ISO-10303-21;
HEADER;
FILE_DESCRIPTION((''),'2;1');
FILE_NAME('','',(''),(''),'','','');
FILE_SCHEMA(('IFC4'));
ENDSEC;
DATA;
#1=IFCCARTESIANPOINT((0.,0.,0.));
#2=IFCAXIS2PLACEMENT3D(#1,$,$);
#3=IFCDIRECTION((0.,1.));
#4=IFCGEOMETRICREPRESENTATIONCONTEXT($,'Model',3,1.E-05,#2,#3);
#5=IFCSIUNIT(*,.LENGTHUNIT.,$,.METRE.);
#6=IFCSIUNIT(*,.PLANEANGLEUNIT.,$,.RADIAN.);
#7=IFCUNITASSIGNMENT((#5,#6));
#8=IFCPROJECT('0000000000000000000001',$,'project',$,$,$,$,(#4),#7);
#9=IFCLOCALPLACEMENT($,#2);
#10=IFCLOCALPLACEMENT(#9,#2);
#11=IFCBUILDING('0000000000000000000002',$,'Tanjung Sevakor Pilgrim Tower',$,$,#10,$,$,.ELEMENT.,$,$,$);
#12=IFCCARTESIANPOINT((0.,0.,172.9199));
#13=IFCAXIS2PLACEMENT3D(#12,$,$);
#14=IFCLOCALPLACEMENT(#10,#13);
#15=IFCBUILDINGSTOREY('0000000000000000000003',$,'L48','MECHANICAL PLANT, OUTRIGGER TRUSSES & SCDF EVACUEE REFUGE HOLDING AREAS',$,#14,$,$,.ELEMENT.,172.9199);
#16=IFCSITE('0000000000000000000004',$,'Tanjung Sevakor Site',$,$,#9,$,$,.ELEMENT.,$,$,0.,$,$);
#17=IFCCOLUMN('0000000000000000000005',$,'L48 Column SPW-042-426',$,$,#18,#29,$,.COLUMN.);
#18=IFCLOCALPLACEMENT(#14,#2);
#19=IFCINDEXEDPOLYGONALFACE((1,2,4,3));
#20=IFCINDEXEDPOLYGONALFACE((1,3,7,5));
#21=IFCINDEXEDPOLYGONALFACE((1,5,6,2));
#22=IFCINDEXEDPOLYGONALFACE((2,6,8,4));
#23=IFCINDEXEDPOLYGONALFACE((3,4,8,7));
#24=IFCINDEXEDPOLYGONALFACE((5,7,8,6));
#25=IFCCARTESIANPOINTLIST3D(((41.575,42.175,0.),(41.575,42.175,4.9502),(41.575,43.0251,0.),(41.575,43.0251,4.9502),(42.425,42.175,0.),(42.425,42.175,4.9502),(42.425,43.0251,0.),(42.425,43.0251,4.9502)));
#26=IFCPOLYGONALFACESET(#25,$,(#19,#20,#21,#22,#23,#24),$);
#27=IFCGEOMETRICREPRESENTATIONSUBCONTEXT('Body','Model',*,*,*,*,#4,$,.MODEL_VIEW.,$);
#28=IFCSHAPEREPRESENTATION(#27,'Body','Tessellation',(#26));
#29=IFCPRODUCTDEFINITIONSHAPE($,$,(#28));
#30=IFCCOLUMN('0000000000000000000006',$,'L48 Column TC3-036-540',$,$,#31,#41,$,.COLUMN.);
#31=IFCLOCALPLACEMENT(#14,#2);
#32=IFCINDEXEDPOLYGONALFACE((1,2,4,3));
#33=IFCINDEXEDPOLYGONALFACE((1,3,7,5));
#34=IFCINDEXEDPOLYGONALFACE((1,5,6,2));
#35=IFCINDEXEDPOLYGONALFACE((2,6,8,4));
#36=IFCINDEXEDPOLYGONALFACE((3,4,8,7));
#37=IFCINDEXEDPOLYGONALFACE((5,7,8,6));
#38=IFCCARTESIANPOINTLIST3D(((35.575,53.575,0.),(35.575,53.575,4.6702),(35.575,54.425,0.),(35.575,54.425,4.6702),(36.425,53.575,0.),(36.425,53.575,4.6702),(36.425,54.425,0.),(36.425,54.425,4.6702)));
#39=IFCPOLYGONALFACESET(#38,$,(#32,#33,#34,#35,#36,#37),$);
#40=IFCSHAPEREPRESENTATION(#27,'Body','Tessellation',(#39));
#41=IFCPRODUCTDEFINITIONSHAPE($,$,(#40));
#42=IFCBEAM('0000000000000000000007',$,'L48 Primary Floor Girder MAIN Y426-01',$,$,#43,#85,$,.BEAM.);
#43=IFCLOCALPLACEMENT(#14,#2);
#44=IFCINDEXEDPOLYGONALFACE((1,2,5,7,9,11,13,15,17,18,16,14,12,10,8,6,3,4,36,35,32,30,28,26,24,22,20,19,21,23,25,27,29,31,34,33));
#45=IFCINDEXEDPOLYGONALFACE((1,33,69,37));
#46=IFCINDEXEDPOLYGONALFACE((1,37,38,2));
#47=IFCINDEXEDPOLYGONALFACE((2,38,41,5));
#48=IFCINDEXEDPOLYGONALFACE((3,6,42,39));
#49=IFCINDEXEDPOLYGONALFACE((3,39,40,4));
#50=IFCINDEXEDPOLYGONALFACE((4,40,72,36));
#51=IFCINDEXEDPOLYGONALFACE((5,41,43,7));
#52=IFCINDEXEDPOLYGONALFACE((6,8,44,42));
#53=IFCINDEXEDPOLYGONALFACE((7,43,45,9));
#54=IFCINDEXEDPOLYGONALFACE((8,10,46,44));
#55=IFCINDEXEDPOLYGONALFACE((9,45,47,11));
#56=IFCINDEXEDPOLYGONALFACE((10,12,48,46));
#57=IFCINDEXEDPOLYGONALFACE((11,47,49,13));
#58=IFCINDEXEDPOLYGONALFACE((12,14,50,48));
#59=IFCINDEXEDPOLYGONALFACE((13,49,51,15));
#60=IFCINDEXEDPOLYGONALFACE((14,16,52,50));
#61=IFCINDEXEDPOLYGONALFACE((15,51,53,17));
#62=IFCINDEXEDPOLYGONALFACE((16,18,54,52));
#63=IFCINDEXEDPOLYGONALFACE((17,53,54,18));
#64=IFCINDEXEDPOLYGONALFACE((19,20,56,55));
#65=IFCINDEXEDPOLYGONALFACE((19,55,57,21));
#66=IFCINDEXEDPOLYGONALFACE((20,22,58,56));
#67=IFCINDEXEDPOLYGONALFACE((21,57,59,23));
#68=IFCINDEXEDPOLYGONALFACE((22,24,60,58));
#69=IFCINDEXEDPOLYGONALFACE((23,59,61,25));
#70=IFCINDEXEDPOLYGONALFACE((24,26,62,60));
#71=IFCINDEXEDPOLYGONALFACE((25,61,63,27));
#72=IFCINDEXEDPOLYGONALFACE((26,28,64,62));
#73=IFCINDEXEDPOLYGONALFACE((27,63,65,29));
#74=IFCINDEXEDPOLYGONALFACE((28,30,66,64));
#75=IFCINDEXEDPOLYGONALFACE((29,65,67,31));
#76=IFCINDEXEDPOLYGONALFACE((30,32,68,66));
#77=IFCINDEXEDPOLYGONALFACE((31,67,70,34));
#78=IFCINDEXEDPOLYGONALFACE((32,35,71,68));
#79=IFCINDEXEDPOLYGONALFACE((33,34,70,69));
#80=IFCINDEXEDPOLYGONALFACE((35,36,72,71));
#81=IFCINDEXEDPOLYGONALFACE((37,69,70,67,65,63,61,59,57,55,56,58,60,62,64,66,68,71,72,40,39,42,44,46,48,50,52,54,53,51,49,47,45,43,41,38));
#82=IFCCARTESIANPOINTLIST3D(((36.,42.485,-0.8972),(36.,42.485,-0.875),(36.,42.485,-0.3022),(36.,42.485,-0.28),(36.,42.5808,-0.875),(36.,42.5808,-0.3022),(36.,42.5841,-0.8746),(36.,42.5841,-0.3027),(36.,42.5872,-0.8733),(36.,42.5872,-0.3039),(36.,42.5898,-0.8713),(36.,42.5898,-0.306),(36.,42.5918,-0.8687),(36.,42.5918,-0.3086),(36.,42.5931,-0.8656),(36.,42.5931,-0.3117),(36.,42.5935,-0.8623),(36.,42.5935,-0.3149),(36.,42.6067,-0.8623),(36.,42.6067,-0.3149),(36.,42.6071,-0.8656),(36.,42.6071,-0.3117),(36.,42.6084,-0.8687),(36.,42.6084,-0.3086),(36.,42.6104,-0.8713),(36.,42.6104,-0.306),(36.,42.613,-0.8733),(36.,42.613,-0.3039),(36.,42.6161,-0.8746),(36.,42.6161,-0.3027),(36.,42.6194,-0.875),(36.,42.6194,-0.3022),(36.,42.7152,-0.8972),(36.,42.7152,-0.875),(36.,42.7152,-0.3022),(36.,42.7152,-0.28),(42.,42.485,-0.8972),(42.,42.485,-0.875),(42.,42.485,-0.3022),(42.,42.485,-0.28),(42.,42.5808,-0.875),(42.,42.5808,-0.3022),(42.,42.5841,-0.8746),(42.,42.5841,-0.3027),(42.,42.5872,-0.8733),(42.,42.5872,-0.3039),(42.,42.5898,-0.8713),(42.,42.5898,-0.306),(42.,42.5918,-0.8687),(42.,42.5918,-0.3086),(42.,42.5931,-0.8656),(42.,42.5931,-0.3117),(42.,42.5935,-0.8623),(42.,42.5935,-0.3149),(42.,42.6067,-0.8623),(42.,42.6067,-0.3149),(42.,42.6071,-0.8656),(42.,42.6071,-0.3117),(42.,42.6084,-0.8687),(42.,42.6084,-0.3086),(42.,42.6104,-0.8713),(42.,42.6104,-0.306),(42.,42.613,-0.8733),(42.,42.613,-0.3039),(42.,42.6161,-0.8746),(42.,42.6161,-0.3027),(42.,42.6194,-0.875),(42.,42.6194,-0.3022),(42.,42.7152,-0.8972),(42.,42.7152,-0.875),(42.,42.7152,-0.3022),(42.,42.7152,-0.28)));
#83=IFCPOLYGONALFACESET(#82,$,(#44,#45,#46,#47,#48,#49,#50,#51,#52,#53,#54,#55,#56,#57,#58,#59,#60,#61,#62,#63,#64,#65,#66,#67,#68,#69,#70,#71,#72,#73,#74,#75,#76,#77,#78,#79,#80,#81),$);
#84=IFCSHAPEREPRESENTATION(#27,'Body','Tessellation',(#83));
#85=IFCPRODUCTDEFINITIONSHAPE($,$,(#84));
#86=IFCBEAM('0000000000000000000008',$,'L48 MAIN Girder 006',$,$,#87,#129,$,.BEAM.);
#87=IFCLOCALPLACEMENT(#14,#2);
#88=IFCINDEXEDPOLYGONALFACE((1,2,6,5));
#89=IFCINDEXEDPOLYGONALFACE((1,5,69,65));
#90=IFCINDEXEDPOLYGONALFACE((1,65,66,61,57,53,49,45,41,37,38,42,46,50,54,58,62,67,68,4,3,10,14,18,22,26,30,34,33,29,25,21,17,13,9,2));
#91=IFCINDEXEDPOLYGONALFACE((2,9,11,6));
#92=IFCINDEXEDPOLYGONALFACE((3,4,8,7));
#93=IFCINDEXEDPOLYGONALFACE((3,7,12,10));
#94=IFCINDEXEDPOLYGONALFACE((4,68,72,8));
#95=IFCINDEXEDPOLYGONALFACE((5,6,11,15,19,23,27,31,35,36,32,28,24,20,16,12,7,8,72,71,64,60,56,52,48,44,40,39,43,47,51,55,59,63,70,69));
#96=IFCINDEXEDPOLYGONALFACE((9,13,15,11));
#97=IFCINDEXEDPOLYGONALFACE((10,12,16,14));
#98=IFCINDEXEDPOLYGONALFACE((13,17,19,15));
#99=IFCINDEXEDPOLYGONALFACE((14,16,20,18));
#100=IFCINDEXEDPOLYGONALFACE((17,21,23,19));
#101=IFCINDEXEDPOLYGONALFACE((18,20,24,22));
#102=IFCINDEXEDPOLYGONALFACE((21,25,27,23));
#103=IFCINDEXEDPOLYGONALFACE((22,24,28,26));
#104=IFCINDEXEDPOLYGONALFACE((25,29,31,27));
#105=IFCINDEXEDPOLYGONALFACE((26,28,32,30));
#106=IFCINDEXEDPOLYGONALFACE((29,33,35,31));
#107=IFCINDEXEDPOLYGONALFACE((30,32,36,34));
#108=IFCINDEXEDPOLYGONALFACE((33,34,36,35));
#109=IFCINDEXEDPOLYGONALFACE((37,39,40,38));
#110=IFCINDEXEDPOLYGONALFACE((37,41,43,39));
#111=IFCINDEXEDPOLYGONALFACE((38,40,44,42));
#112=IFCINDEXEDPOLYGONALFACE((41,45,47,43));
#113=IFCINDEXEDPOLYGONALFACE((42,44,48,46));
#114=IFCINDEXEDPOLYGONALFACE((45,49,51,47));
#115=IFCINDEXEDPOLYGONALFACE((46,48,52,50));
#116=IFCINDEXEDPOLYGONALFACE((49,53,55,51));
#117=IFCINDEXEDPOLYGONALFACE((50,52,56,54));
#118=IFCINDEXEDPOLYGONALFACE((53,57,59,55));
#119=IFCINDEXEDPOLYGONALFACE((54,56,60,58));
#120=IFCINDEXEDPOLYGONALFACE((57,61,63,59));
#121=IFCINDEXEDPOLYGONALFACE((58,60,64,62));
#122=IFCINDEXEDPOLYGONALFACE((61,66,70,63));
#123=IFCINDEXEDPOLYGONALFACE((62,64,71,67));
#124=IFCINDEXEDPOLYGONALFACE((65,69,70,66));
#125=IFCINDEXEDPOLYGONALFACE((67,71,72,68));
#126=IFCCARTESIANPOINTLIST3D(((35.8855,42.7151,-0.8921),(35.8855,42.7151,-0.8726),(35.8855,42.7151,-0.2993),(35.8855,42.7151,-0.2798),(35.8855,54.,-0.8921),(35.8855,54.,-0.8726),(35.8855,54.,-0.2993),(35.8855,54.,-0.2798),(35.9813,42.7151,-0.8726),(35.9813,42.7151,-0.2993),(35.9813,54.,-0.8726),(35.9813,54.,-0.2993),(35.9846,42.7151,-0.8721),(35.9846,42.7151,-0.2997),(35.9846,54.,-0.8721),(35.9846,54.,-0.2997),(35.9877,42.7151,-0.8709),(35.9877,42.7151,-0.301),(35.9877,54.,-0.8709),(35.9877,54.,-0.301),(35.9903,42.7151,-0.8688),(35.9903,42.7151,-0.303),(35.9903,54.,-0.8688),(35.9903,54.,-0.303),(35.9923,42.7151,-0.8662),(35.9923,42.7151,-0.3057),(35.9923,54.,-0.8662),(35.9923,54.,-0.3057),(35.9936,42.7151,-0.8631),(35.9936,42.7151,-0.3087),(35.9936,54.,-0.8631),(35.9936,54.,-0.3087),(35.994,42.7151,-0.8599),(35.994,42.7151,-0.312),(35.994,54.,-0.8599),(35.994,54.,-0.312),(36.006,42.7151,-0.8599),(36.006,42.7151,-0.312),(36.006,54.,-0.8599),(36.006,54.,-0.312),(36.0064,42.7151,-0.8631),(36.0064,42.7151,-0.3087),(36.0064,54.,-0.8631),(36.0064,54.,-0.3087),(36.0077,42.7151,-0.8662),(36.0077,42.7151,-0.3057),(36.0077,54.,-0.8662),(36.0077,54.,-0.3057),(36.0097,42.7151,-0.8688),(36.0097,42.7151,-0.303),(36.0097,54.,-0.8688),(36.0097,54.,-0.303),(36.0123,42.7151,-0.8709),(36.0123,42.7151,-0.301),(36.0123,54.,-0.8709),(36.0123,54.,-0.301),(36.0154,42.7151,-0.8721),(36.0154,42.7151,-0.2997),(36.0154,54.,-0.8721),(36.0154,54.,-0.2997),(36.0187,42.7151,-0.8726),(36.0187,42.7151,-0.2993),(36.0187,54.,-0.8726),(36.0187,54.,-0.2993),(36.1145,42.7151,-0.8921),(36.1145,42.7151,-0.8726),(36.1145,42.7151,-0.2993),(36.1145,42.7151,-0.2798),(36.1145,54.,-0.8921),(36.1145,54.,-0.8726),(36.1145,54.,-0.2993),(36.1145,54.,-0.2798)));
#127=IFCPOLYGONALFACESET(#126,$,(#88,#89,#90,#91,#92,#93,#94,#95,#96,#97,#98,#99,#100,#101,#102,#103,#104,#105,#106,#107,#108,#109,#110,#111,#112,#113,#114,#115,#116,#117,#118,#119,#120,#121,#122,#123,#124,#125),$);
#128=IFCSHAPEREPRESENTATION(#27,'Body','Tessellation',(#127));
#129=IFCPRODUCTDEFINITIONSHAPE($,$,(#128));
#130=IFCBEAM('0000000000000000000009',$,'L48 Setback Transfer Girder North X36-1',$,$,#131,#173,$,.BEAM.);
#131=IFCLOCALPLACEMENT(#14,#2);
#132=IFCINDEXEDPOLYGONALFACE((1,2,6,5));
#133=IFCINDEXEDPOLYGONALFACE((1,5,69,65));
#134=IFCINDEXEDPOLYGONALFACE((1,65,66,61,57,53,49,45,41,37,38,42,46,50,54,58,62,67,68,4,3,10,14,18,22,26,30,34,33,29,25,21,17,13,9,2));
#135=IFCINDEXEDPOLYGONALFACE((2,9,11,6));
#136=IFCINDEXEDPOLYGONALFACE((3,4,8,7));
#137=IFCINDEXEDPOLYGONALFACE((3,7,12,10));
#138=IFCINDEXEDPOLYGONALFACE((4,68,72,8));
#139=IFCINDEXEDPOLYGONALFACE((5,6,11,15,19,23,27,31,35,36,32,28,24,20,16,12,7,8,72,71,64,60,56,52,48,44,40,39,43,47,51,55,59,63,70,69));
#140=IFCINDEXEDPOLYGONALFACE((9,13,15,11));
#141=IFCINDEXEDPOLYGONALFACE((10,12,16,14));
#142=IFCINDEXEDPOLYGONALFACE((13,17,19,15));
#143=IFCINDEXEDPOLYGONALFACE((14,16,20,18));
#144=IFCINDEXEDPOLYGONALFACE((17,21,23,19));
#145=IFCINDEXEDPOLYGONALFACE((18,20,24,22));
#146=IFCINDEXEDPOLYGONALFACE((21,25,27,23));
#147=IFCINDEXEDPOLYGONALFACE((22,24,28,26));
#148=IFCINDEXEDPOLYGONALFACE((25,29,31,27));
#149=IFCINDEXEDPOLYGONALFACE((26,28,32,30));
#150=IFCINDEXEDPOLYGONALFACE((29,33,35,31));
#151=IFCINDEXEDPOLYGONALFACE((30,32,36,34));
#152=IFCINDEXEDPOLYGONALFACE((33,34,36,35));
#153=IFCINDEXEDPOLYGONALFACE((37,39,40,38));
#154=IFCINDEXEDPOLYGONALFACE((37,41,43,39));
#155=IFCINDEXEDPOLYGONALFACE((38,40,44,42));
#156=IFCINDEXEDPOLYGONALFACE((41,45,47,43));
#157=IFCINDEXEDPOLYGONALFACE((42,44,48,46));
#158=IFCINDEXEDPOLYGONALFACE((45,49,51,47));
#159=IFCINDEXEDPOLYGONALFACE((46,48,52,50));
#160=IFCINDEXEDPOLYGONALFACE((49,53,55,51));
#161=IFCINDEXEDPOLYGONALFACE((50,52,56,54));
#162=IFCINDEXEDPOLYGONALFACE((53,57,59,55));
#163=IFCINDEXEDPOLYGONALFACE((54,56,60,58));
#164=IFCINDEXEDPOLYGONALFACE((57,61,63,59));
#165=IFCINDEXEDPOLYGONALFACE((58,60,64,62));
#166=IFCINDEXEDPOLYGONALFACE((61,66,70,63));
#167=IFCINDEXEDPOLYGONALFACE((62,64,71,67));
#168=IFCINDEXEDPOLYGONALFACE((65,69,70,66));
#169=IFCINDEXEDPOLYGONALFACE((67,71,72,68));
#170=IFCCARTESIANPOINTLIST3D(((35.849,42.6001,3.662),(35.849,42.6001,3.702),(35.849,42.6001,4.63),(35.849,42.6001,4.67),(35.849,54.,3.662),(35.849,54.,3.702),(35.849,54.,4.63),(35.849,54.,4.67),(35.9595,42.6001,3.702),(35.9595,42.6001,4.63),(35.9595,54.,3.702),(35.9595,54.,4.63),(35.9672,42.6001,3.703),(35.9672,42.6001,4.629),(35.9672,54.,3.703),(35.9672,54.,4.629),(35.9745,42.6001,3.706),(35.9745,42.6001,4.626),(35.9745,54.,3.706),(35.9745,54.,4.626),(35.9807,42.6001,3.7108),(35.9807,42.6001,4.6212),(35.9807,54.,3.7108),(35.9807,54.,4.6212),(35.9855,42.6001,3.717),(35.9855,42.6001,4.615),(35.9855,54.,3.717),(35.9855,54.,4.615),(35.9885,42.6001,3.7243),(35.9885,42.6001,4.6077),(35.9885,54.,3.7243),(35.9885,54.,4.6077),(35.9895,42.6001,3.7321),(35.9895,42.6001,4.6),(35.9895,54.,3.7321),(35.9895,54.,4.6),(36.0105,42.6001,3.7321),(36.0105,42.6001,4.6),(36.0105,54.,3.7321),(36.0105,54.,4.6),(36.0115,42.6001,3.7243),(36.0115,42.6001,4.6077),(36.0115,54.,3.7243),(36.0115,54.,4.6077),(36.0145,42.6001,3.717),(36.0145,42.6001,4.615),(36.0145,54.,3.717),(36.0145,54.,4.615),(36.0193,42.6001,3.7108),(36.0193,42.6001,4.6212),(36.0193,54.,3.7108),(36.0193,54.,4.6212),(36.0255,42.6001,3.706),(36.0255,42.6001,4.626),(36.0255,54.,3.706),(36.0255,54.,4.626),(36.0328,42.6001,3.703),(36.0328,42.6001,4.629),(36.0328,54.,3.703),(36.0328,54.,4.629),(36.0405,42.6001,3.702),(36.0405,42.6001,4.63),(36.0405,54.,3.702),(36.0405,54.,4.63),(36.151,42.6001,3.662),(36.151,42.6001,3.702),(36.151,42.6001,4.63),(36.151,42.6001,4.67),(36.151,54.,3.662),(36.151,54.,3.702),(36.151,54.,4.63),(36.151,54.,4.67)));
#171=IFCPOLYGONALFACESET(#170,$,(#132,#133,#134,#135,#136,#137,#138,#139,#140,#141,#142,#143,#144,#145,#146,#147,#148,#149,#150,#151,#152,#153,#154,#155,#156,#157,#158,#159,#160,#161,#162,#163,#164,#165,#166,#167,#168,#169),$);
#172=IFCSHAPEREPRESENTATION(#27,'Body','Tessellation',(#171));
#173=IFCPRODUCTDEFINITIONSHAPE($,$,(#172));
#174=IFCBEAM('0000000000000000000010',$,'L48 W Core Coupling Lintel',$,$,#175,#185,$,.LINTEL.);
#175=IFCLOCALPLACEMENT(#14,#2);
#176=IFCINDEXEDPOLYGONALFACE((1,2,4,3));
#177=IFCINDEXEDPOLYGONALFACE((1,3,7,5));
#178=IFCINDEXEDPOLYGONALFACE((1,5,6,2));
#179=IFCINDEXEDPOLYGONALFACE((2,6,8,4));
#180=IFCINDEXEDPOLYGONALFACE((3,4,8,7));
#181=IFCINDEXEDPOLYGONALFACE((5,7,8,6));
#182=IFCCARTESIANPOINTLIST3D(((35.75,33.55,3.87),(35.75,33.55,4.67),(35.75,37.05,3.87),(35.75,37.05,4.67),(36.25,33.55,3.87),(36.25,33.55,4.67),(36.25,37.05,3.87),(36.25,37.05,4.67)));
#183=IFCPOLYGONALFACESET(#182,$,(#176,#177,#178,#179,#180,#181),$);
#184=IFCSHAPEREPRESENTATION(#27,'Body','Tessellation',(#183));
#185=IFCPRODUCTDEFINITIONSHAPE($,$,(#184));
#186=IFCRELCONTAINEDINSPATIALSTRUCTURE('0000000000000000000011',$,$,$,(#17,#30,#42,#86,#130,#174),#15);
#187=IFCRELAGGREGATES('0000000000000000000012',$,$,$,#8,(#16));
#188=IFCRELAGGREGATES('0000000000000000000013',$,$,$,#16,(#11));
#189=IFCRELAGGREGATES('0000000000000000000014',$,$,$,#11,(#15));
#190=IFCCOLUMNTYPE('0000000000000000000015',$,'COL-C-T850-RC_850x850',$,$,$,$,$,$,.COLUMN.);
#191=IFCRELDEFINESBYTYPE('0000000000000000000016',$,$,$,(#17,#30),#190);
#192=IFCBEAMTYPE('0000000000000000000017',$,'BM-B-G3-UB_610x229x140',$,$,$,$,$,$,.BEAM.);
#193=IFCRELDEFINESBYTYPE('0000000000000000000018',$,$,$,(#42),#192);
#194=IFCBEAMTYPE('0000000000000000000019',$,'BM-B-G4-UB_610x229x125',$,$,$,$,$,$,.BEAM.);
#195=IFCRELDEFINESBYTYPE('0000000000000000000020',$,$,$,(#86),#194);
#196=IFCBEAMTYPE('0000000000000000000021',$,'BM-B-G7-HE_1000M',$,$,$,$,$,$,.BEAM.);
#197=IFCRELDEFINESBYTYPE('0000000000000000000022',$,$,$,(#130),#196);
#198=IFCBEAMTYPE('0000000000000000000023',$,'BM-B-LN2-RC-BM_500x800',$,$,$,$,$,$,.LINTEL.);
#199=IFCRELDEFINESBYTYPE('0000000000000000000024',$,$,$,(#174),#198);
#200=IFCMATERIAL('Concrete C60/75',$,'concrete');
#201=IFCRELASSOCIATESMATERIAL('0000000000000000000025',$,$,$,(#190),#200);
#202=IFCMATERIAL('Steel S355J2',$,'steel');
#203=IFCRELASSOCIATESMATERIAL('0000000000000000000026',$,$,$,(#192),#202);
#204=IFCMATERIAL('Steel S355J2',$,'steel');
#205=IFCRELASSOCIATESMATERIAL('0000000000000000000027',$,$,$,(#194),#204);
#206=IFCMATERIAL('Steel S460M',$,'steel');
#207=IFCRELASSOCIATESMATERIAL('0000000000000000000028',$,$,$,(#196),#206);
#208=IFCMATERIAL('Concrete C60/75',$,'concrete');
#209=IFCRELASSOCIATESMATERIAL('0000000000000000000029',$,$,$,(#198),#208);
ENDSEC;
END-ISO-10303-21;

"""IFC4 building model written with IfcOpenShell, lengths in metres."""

from ifc_helpers import new_model, si_unit, direction, frame, origin, origin_2d, place, context, subcontext, project, spatial, rectangle, i_section, extrude, material, material_profile, profile_set, type_object, element, save


model = new_model("IFC4")

# Units and contexts
model_context = context("Model", 3, precision=1e-05, world=origin(), true_north=direction((0.0, 1.0)))
body_context = subcontext(model_context, "Body", "Model", "MODEL_VIEW")
ifc_project = project(units=[si_unit("LENGTHUNIT", "METRE"), si_unit("PLANEANGLEUNIT", "RADIAN")], contexts=[model_context])

# Site, building, storey
site_placement = place(None, origin())
site = spatial("IfcSite", under=ifc_project, at=site_placement, Name="Tanjung Sevakor Site", CompositionType="ELEMENT", RefElevation=0.0)
building_placement = place(site_placement, origin())
building = spatial("IfcBuilding", under=site, at=building_placement, Name="Tanjung Sevakor Pilgrim Tower", CompositionType="ELEMENT")
storey_placement = place(building_placement, frame((0.0, 0.0, 172.9199)))
storey = spatial("IfcBuildingStorey", under=building, at=storey_placement, Name="L48", Description="MECHANICAL PLANT, OUTRIGGER TRUSSES & SCDF EVACUEE REFUGE HOLDING AREAS", CompositionType="ELEMENT", Elevation=172.9199)

# Columns
ifc_material_1 = material(Name="Concrete C60/75", Category="concrete")
ifc_material_profile_1 = material_profile(ifc_material_1, rectangle(XDim=0.8501, YDim=0.8501, at=origin_2d()))
ifc_profile_set_1 = profile_set([ifc_material_profile_1], Name="Concrete C60/75")
column_type = type_object("IfcColumnType", Name="COL-C-T850-RC_850x850", PredefinedType="COLUMN", material=ifc_profile_set_1)
column_1_placement = place(storey_placement, frame((42.0, 42.6001, 0.0), z_axis=(0.0, 0.0, 1.0), x_axis=(1.0, 0.0, 0.0)))
element("IfcColumn", 1, at=column_1_placement, inside=storey, type_object=column_type, Name="L48 Column SPW-042-426", PredefinedType="COLUMN", context=body_context, shape_type="SweptSolid", body=[
    extrude(rectangle(XDim=0.8501, YDim=0.8501, at=origin_2d()), origin(), (0.0, 0.0, 1.0), 4.9502),
])
column_2_placement = place(storey_placement, frame((36.0, 54.0, 0.0), z_axis=(0.0, 0.0, 1.0), x_axis=(1.0, 0.0, 0.0)))
element("IfcColumn", 2, at=column_2_placement, inside=storey, type_object=column_type, Name="L48 Column TC3-036-540", PredefinedType="COLUMN", context=body_context, shape_type="SweptSolid", body=[
    extrude(rectangle(XDim=0.8501, YDim=0.8501, at=origin_2d()), origin(), (0.0, 0.0, 1.0), 4.6702),
])

# Beams
ifc_material_2 = material(Name="Steel S355J2", Category="steel")
ifc_material_profile_2 = material_profile(ifc_material_2, i_section(OverallWidth=0.2302, OverallDepth=0.6172, WebThickness=0.0132, FlangeThickness=0.0222, FilletRadius=0.0127, at=origin_2d()))
ifc_profile_set_2 = profile_set([ifc_material_profile_2], Name="Steel S355J2")
beam_type_1 = type_object("IfcBeamType", Name="BM-B-G3-UB_610x229x140", PredefinedType="BEAM", material=ifc_profile_set_2)
beam_1_placement = place(storey_placement, frame((36.0, 42.6001, -0.5886), z_axis=(1.0, 0.0, 0.0), x_axis=(0.0, 1.0, 0.0)))
element("IfcBeam", 3, at=beam_1_placement, inside=storey, type_object=beam_type_1, Name="L48 Primary Floor Girder MAIN Y426-01", PredefinedType="BEAM", context=body_context, shape_type="SweptSolid", body=[
    extrude(i_section(OverallWidth=0.2302, OverallDepth=0.6172, WebThickness=0.0132, FlangeThickness=0.0222, FilletRadius=0.0127, at=origin_2d()), origin(), (0.0, 0.0, 1.0), 6.0),
])
ifc_material_3 = material(Name="Steel S355J2", Category="steel")
ifc_material_profile_3 = material_profile(ifc_material_3, i_section(OverallWidth=0.229, OverallDepth=0.6123, WebThickness=0.012, FlangeThickness=0.0195, FilletRadius=0.0127, at=origin_2d()))
ifc_profile_set_3 = profile_set([ifc_material_profile_3], Name="Steel S355J2")
beam_type_2 = type_object("IfcBeamType", Name="BM-B-G4-UB_610x229x125", PredefinedType="BEAM", material=ifc_profile_set_3)
beam_2_placement = place(storey_placement, frame((36.0, 42.7151, -0.5859), z_axis=(0.0, 1.0, 0.0), x_axis=(-1.0, 0.0, 0.0)))
element("IfcBeam", 4, at=beam_2_placement, inside=storey, type_object=beam_type_2, Name="L48 MAIN Girder 006", PredefinedType="BEAM", context=body_context, shape_type="SweptSolid", body=[
    extrude(i_section(OverallWidth=0.229, OverallDepth=0.6123, WebThickness=0.012, FlangeThickness=0.0195, FilletRadius=0.0127, at=origin_2d()), origin(), (0.0, 0.0, 1.0), 11.2849),
])
ifc_material_4 = material(Name="Steel S460M", Category="steel")
ifc_material_profile_4 = material_profile(ifc_material_4, i_section(OverallWidth=0.302, OverallDepth=1.0081, WebThickness=0.021, FlangeThickness=0.04, FilletRadius=0.03, at=origin_2d()))
ifc_profile_set_4 = profile_set([ifc_material_profile_4], Name="Steel S460M")
beam_type_3 = type_object("IfcBeamType", Name="BM-B-G7-HE_1000M", PredefinedType="BEAM", material=ifc_profile_set_4)
beam_3_placement = place(storey_placement, frame((36.0, 42.6001, 4.166), z_axis=(0.0, 1.0, 0.0), x_axis=(-1.0, 0.0, 0.0)))
element("IfcBeam", 5, at=beam_3_placement, inside=storey, type_object=beam_type_3, Name="L48 Setback Transfer Girder North X36-1", PredefinedType="BEAM", context=body_context, shape_type="SweptSolid", body=[
    extrude(i_section(OverallWidth=0.302, OverallDepth=1.0081, WebThickness=0.021, FlangeThickness=0.04, FilletRadius=0.03, at=origin_2d()), origin(), (0.0, 0.0, 1.0), 11.3999),
])
ifc_material_5 = material(Name="Concrete C60/75", Category="concrete")
ifc_material_profile_5 = material_profile(ifc_material_5, rectangle(XDim=0.5, YDim=0.8, at=origin_2d()))
ifc_profile_set_5 = profile_set([ifc_material_profile_5], Name="Concrete C60/75")
beam_type_4 = type_object("IfcBeamType", Name="BM-B-LN2-RC-BM_500x800", PredefinedType="LINTEL", material=ifc_profile_set_5)
beam_4_placement = place(storey_placement, frame((36.0, 33.55, 4.27), z_axis=(0.0, 1.0, 0.0), x_axis=(-1.0, 0.0, 0.0)))
element("IfcBeam", 6, at=beam_4_placement, inside=storey, type_object=beam_type_4, Name="L48 W Core Coupling Lintel", PredefinedType="LINTEL", context=body_context, shape_type="SweptSolid", body=[
    extrude(rectangle(XDim=0.5, YDim=0.8, at=origin_2d()), origin(), (0.0, 0.0, 1.0), 3.5),
])

save(model, "model.ifc")
